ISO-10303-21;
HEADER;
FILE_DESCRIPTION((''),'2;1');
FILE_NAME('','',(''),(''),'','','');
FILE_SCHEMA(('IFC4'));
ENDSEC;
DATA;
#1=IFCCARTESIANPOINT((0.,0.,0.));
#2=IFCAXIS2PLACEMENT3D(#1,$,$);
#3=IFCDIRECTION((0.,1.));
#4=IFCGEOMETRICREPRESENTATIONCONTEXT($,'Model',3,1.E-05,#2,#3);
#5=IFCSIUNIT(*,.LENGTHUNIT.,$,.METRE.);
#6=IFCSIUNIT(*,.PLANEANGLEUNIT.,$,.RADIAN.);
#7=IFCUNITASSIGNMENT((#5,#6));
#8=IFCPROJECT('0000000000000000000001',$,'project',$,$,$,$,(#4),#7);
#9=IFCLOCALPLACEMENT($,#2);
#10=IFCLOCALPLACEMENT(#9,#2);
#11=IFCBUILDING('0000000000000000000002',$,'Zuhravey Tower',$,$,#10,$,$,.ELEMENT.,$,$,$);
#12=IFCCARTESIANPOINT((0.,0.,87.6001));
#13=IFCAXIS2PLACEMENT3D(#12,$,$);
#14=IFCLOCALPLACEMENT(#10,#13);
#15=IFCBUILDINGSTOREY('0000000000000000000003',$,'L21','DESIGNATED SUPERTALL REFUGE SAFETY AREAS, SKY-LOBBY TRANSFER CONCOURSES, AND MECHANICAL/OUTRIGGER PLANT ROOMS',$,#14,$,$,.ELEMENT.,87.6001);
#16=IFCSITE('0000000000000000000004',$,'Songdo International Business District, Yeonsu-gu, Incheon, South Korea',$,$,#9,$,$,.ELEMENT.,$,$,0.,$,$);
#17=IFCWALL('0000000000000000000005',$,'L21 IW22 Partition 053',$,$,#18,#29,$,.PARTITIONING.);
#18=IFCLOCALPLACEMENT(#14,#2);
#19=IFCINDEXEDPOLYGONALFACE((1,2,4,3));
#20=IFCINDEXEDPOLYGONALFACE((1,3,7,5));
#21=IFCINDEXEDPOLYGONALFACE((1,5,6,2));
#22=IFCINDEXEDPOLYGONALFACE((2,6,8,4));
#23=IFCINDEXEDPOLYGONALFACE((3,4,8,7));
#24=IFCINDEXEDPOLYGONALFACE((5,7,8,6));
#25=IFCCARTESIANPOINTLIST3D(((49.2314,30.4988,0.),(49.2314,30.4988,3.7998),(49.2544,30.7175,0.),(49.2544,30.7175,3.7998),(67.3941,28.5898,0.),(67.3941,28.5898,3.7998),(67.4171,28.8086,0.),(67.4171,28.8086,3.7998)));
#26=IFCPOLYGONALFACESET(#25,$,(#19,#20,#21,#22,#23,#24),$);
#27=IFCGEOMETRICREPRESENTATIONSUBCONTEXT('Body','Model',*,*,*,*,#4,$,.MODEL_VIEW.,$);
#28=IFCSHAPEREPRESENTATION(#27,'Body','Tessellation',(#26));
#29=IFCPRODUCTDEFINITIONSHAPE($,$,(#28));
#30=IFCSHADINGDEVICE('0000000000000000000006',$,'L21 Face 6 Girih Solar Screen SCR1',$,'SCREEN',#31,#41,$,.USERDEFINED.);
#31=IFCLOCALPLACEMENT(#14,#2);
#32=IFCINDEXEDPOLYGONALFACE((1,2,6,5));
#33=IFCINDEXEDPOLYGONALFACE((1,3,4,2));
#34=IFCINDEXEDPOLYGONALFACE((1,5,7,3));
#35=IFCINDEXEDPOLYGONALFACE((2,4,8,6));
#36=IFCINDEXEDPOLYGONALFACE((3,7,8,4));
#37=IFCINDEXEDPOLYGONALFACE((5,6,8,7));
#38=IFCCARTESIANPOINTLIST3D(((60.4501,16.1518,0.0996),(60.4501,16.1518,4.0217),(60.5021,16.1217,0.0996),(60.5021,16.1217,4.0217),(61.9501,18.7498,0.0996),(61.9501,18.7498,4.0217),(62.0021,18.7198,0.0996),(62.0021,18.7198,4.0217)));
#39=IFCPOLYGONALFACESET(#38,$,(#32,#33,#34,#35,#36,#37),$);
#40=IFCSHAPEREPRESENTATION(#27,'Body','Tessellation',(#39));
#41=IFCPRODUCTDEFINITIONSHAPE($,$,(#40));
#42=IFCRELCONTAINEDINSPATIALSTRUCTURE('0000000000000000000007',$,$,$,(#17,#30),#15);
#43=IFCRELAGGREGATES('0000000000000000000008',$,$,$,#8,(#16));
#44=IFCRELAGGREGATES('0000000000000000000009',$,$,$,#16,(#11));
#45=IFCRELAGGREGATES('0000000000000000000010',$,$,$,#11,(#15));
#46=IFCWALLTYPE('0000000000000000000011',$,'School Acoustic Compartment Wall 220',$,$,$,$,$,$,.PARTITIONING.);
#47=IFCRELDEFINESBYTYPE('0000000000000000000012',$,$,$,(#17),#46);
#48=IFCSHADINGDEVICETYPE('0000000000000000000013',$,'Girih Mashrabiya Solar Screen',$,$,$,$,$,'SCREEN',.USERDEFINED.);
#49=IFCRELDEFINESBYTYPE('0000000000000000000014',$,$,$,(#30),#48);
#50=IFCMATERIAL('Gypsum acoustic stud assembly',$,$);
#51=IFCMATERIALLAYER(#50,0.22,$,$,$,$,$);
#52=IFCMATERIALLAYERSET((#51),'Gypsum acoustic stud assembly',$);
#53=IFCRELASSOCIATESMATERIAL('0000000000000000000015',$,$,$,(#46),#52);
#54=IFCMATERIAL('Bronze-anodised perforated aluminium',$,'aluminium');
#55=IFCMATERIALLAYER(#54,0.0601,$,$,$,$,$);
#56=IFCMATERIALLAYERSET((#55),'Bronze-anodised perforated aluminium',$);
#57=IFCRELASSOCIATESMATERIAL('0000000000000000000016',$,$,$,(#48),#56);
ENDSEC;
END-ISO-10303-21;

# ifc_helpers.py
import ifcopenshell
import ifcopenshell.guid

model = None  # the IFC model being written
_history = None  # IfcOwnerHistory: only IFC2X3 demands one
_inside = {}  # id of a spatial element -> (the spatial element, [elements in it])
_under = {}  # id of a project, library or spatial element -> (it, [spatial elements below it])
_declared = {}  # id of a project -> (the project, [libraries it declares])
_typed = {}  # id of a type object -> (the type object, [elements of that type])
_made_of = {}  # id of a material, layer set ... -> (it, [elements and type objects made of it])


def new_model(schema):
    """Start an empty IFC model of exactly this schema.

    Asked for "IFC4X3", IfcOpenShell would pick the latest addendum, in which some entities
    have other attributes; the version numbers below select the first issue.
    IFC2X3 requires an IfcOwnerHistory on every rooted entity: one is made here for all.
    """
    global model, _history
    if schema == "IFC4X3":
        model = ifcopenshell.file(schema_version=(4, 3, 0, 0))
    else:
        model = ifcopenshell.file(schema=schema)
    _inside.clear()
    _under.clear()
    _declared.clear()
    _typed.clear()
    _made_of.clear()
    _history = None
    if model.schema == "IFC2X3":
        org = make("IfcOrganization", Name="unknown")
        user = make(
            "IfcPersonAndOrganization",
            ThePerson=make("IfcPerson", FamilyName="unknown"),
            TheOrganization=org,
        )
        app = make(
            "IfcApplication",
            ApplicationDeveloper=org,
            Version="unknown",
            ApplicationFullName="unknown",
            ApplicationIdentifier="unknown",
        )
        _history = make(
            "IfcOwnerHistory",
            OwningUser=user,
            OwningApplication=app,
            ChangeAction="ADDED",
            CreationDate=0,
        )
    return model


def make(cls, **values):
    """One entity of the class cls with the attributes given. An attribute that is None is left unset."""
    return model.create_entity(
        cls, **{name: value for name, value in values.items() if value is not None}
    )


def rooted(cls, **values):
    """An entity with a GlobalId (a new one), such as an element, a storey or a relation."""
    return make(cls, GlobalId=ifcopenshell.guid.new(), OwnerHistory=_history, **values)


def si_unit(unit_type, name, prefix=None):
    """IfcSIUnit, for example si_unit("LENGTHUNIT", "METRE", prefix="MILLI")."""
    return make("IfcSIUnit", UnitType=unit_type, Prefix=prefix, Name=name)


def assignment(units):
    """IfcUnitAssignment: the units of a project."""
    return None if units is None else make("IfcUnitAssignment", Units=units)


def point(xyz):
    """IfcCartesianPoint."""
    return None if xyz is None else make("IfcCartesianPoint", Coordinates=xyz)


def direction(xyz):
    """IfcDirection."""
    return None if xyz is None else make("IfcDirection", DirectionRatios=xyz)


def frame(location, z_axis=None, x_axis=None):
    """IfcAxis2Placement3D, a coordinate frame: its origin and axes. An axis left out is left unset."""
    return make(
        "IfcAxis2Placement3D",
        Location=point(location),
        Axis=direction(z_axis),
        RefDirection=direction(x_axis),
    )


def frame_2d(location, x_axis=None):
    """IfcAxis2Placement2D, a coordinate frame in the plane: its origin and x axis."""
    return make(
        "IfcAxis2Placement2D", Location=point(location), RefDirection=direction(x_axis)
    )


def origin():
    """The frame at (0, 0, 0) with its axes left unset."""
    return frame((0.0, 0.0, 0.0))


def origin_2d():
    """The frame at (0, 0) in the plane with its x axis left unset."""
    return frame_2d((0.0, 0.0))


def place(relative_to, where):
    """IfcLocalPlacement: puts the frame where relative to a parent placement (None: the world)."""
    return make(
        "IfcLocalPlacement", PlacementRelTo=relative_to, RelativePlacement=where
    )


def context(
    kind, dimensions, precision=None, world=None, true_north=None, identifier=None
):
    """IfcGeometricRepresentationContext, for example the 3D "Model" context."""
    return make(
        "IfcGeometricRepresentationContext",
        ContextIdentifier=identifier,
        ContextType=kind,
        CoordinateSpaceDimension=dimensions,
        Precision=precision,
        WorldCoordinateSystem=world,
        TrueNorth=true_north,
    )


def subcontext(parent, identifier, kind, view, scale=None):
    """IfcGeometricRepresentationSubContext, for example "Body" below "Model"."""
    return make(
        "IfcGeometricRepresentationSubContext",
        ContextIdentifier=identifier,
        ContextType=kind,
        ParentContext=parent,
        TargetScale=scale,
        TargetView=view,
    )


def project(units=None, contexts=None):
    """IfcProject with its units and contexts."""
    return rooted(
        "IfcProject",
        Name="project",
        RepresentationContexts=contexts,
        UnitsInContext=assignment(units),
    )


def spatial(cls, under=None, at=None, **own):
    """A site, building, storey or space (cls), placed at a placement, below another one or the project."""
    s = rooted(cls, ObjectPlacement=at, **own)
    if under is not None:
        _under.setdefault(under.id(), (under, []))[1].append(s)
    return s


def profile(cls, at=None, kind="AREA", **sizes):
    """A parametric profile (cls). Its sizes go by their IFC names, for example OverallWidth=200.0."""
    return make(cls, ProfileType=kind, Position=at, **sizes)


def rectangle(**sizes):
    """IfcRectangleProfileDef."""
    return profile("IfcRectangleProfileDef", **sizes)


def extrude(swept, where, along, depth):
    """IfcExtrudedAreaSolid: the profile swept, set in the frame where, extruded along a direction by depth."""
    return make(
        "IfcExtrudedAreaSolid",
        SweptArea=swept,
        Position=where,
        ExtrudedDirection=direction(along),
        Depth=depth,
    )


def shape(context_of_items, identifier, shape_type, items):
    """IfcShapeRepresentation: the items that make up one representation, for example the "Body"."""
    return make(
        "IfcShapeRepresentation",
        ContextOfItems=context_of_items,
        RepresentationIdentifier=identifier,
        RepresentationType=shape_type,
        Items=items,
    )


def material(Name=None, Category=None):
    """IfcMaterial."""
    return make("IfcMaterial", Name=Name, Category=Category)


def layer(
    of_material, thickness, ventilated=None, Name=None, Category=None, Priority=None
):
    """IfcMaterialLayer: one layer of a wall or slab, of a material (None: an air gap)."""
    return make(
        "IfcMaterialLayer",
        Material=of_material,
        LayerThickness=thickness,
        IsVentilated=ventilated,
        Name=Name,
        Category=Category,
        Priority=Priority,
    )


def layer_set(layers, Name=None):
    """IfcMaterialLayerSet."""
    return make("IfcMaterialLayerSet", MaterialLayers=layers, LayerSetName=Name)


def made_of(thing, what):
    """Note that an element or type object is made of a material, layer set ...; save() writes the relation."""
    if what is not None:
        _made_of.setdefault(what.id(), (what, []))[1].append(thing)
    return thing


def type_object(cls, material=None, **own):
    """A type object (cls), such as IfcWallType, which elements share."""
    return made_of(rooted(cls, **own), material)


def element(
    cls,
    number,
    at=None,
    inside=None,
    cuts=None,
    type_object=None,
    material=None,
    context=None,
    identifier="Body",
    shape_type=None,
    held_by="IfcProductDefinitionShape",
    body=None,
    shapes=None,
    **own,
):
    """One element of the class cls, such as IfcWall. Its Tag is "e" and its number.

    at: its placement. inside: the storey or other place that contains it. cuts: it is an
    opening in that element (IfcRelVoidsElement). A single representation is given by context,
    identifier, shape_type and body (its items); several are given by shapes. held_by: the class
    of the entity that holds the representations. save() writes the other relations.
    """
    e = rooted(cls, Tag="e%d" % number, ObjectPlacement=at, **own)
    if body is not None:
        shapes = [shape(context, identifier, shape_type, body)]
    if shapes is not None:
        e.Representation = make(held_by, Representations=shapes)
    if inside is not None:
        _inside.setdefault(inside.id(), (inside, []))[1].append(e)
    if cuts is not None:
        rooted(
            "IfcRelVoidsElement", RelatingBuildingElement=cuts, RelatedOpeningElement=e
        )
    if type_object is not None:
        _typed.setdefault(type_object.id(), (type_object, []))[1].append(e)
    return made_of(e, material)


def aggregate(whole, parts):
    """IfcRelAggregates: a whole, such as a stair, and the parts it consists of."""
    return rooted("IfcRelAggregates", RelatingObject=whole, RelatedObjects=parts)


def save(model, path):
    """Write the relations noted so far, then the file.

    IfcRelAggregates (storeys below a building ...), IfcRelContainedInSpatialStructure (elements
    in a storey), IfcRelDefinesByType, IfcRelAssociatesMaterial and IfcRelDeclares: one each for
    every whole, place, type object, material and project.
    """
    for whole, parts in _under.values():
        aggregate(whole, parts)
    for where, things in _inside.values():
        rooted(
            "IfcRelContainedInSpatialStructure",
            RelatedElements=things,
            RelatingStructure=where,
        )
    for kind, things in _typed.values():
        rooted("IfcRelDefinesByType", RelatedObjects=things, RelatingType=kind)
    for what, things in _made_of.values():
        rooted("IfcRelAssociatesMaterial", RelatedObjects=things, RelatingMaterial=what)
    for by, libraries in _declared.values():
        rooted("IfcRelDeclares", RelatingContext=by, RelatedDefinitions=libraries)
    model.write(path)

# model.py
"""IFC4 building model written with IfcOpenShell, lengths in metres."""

from ifc_helpers import new_model, si_unit, direction, frame, frame_2d, origin, origin_2d, place, context, subcontext, project, spatial, rectangle, extrude, material, layer, layer_set, type_object, element, save


model = new_model("IFC4")

# Units and contexts
model_context = context("Model", 3, precision=1e-05, world=origin(), true_north=direction((0.0, 1.0)))
body_context = subcontext(model_context, "Body", "Model", "MODEL_VIEW")
ifc_project = project(units=[si_unit("LENGTHUNIT", "METRE"), si_unit("PLANEANGLEUNIT", "RADIAN")], contexts=[model_context])

# Site, building, storey
site_placement = place(None, origin())
site = spatial("IfcSite", under=ifc_project, at=site_placement, Name="Songdo International Business District, Yeonsu-gu, Incheon, South Korea", CompositionType="ELEMENT", RefElevation=0.0)
building_placement = place(site_placement, origin())
building = spatial("IfcBuilding", under=site, at=building_placement, Name="Zuhravey Tower", CompositionType="ELEMENT")
storey_placement = place(building_placement, frame((0.0, 0.0, 87.6001)))
storey = spatial("IfcBuildingStorey", under=building, at=storey_placement, Name="L21", Description="DESIGNATED SUPERTALL REFUGE SAFETY AREAS, SKY-LOBBY TRANSFER CONCOURSES, AND MECHANICAL/OUTRIGGER PLANT ROOMS", CompositionType="ELEMENT", Elevation=87.6001)

# Wall
ifc_material_1 = material(Name="Gypsum acoustic stud assembly")
ifc_layer_1 = layer(ifc_material_1, 0.22)
ifc_layer_set_1 = layer_set([ifc_layer_1], Name="Gypsum acoustic stud assembly")
wall_type_1 = type_object("IfcWallType", Name="School Acoustic Compartment Wall 220", PredefinedType="PARTITIONING", material=ifc_layer_set_1)
wall_1_placement = place(storey_placement, frame((49.2429, 30.6082, 0.0), z_axis=(0.0, 0.0, 1.0), x_axis=(0.994522, -0.104527, 0.0)))
element("IfcWall", 1, at=wall_1_placement, inside=storey, type_object=wall_type_1, Name="L21 IW22 Partition 053", PredefinedType="PARTITIONING", context=body_context, shape_type="SweptSolid", body=[
    extrude(rectangle(XDim=18.2627, YDim=0.22, at=frame_2d((9.1313, 0.0))), origin(), (0.0, 0.0, 1.0), 3.7998),
])

# Shading device
ifc_material_2 = material(Name="Bronze-anodised perforated aluminium", Category="aluminium")
ifc_layer_2 = layer(ifc_material_2, 0.0601)
ifc_layer_set_2 = layer_set([ifc_layer_2], Name="Bronze-anodised perforated aluminium")
shading_device_type = type_object("IfcShadingDeviceType", Name="Girih Mashrabiya Solar Screen", ElementType="SCREEN", PredefinedType="USERDEFINED", material=ifc_layer_set_2)
shading_device_placement = place(storey_placement, frame((61.2261, 17.4358, 0.0996), z_axis=(0.0, 0.0, 1.0), x_axis=(-0.5, -0.866025, 0.0)))
element("IfcShadingDevice", 2, at=shading_device_placement, inside=storey, type_object=shading_device_type, Name="L21 Face 6 Girih Solar Screen SCR1", ObjectType="SCREEN", PredefinedType="USERDEFINED", context=body_context, shape_type="SweptSolid", body=[
    extrude(rectangle(XDim=3.0, YDim=0.0601, at=origin_2d()), origin(), (0.0, 0.0, 1.0), 3.9221),
])

save(model, "model.ifc")
